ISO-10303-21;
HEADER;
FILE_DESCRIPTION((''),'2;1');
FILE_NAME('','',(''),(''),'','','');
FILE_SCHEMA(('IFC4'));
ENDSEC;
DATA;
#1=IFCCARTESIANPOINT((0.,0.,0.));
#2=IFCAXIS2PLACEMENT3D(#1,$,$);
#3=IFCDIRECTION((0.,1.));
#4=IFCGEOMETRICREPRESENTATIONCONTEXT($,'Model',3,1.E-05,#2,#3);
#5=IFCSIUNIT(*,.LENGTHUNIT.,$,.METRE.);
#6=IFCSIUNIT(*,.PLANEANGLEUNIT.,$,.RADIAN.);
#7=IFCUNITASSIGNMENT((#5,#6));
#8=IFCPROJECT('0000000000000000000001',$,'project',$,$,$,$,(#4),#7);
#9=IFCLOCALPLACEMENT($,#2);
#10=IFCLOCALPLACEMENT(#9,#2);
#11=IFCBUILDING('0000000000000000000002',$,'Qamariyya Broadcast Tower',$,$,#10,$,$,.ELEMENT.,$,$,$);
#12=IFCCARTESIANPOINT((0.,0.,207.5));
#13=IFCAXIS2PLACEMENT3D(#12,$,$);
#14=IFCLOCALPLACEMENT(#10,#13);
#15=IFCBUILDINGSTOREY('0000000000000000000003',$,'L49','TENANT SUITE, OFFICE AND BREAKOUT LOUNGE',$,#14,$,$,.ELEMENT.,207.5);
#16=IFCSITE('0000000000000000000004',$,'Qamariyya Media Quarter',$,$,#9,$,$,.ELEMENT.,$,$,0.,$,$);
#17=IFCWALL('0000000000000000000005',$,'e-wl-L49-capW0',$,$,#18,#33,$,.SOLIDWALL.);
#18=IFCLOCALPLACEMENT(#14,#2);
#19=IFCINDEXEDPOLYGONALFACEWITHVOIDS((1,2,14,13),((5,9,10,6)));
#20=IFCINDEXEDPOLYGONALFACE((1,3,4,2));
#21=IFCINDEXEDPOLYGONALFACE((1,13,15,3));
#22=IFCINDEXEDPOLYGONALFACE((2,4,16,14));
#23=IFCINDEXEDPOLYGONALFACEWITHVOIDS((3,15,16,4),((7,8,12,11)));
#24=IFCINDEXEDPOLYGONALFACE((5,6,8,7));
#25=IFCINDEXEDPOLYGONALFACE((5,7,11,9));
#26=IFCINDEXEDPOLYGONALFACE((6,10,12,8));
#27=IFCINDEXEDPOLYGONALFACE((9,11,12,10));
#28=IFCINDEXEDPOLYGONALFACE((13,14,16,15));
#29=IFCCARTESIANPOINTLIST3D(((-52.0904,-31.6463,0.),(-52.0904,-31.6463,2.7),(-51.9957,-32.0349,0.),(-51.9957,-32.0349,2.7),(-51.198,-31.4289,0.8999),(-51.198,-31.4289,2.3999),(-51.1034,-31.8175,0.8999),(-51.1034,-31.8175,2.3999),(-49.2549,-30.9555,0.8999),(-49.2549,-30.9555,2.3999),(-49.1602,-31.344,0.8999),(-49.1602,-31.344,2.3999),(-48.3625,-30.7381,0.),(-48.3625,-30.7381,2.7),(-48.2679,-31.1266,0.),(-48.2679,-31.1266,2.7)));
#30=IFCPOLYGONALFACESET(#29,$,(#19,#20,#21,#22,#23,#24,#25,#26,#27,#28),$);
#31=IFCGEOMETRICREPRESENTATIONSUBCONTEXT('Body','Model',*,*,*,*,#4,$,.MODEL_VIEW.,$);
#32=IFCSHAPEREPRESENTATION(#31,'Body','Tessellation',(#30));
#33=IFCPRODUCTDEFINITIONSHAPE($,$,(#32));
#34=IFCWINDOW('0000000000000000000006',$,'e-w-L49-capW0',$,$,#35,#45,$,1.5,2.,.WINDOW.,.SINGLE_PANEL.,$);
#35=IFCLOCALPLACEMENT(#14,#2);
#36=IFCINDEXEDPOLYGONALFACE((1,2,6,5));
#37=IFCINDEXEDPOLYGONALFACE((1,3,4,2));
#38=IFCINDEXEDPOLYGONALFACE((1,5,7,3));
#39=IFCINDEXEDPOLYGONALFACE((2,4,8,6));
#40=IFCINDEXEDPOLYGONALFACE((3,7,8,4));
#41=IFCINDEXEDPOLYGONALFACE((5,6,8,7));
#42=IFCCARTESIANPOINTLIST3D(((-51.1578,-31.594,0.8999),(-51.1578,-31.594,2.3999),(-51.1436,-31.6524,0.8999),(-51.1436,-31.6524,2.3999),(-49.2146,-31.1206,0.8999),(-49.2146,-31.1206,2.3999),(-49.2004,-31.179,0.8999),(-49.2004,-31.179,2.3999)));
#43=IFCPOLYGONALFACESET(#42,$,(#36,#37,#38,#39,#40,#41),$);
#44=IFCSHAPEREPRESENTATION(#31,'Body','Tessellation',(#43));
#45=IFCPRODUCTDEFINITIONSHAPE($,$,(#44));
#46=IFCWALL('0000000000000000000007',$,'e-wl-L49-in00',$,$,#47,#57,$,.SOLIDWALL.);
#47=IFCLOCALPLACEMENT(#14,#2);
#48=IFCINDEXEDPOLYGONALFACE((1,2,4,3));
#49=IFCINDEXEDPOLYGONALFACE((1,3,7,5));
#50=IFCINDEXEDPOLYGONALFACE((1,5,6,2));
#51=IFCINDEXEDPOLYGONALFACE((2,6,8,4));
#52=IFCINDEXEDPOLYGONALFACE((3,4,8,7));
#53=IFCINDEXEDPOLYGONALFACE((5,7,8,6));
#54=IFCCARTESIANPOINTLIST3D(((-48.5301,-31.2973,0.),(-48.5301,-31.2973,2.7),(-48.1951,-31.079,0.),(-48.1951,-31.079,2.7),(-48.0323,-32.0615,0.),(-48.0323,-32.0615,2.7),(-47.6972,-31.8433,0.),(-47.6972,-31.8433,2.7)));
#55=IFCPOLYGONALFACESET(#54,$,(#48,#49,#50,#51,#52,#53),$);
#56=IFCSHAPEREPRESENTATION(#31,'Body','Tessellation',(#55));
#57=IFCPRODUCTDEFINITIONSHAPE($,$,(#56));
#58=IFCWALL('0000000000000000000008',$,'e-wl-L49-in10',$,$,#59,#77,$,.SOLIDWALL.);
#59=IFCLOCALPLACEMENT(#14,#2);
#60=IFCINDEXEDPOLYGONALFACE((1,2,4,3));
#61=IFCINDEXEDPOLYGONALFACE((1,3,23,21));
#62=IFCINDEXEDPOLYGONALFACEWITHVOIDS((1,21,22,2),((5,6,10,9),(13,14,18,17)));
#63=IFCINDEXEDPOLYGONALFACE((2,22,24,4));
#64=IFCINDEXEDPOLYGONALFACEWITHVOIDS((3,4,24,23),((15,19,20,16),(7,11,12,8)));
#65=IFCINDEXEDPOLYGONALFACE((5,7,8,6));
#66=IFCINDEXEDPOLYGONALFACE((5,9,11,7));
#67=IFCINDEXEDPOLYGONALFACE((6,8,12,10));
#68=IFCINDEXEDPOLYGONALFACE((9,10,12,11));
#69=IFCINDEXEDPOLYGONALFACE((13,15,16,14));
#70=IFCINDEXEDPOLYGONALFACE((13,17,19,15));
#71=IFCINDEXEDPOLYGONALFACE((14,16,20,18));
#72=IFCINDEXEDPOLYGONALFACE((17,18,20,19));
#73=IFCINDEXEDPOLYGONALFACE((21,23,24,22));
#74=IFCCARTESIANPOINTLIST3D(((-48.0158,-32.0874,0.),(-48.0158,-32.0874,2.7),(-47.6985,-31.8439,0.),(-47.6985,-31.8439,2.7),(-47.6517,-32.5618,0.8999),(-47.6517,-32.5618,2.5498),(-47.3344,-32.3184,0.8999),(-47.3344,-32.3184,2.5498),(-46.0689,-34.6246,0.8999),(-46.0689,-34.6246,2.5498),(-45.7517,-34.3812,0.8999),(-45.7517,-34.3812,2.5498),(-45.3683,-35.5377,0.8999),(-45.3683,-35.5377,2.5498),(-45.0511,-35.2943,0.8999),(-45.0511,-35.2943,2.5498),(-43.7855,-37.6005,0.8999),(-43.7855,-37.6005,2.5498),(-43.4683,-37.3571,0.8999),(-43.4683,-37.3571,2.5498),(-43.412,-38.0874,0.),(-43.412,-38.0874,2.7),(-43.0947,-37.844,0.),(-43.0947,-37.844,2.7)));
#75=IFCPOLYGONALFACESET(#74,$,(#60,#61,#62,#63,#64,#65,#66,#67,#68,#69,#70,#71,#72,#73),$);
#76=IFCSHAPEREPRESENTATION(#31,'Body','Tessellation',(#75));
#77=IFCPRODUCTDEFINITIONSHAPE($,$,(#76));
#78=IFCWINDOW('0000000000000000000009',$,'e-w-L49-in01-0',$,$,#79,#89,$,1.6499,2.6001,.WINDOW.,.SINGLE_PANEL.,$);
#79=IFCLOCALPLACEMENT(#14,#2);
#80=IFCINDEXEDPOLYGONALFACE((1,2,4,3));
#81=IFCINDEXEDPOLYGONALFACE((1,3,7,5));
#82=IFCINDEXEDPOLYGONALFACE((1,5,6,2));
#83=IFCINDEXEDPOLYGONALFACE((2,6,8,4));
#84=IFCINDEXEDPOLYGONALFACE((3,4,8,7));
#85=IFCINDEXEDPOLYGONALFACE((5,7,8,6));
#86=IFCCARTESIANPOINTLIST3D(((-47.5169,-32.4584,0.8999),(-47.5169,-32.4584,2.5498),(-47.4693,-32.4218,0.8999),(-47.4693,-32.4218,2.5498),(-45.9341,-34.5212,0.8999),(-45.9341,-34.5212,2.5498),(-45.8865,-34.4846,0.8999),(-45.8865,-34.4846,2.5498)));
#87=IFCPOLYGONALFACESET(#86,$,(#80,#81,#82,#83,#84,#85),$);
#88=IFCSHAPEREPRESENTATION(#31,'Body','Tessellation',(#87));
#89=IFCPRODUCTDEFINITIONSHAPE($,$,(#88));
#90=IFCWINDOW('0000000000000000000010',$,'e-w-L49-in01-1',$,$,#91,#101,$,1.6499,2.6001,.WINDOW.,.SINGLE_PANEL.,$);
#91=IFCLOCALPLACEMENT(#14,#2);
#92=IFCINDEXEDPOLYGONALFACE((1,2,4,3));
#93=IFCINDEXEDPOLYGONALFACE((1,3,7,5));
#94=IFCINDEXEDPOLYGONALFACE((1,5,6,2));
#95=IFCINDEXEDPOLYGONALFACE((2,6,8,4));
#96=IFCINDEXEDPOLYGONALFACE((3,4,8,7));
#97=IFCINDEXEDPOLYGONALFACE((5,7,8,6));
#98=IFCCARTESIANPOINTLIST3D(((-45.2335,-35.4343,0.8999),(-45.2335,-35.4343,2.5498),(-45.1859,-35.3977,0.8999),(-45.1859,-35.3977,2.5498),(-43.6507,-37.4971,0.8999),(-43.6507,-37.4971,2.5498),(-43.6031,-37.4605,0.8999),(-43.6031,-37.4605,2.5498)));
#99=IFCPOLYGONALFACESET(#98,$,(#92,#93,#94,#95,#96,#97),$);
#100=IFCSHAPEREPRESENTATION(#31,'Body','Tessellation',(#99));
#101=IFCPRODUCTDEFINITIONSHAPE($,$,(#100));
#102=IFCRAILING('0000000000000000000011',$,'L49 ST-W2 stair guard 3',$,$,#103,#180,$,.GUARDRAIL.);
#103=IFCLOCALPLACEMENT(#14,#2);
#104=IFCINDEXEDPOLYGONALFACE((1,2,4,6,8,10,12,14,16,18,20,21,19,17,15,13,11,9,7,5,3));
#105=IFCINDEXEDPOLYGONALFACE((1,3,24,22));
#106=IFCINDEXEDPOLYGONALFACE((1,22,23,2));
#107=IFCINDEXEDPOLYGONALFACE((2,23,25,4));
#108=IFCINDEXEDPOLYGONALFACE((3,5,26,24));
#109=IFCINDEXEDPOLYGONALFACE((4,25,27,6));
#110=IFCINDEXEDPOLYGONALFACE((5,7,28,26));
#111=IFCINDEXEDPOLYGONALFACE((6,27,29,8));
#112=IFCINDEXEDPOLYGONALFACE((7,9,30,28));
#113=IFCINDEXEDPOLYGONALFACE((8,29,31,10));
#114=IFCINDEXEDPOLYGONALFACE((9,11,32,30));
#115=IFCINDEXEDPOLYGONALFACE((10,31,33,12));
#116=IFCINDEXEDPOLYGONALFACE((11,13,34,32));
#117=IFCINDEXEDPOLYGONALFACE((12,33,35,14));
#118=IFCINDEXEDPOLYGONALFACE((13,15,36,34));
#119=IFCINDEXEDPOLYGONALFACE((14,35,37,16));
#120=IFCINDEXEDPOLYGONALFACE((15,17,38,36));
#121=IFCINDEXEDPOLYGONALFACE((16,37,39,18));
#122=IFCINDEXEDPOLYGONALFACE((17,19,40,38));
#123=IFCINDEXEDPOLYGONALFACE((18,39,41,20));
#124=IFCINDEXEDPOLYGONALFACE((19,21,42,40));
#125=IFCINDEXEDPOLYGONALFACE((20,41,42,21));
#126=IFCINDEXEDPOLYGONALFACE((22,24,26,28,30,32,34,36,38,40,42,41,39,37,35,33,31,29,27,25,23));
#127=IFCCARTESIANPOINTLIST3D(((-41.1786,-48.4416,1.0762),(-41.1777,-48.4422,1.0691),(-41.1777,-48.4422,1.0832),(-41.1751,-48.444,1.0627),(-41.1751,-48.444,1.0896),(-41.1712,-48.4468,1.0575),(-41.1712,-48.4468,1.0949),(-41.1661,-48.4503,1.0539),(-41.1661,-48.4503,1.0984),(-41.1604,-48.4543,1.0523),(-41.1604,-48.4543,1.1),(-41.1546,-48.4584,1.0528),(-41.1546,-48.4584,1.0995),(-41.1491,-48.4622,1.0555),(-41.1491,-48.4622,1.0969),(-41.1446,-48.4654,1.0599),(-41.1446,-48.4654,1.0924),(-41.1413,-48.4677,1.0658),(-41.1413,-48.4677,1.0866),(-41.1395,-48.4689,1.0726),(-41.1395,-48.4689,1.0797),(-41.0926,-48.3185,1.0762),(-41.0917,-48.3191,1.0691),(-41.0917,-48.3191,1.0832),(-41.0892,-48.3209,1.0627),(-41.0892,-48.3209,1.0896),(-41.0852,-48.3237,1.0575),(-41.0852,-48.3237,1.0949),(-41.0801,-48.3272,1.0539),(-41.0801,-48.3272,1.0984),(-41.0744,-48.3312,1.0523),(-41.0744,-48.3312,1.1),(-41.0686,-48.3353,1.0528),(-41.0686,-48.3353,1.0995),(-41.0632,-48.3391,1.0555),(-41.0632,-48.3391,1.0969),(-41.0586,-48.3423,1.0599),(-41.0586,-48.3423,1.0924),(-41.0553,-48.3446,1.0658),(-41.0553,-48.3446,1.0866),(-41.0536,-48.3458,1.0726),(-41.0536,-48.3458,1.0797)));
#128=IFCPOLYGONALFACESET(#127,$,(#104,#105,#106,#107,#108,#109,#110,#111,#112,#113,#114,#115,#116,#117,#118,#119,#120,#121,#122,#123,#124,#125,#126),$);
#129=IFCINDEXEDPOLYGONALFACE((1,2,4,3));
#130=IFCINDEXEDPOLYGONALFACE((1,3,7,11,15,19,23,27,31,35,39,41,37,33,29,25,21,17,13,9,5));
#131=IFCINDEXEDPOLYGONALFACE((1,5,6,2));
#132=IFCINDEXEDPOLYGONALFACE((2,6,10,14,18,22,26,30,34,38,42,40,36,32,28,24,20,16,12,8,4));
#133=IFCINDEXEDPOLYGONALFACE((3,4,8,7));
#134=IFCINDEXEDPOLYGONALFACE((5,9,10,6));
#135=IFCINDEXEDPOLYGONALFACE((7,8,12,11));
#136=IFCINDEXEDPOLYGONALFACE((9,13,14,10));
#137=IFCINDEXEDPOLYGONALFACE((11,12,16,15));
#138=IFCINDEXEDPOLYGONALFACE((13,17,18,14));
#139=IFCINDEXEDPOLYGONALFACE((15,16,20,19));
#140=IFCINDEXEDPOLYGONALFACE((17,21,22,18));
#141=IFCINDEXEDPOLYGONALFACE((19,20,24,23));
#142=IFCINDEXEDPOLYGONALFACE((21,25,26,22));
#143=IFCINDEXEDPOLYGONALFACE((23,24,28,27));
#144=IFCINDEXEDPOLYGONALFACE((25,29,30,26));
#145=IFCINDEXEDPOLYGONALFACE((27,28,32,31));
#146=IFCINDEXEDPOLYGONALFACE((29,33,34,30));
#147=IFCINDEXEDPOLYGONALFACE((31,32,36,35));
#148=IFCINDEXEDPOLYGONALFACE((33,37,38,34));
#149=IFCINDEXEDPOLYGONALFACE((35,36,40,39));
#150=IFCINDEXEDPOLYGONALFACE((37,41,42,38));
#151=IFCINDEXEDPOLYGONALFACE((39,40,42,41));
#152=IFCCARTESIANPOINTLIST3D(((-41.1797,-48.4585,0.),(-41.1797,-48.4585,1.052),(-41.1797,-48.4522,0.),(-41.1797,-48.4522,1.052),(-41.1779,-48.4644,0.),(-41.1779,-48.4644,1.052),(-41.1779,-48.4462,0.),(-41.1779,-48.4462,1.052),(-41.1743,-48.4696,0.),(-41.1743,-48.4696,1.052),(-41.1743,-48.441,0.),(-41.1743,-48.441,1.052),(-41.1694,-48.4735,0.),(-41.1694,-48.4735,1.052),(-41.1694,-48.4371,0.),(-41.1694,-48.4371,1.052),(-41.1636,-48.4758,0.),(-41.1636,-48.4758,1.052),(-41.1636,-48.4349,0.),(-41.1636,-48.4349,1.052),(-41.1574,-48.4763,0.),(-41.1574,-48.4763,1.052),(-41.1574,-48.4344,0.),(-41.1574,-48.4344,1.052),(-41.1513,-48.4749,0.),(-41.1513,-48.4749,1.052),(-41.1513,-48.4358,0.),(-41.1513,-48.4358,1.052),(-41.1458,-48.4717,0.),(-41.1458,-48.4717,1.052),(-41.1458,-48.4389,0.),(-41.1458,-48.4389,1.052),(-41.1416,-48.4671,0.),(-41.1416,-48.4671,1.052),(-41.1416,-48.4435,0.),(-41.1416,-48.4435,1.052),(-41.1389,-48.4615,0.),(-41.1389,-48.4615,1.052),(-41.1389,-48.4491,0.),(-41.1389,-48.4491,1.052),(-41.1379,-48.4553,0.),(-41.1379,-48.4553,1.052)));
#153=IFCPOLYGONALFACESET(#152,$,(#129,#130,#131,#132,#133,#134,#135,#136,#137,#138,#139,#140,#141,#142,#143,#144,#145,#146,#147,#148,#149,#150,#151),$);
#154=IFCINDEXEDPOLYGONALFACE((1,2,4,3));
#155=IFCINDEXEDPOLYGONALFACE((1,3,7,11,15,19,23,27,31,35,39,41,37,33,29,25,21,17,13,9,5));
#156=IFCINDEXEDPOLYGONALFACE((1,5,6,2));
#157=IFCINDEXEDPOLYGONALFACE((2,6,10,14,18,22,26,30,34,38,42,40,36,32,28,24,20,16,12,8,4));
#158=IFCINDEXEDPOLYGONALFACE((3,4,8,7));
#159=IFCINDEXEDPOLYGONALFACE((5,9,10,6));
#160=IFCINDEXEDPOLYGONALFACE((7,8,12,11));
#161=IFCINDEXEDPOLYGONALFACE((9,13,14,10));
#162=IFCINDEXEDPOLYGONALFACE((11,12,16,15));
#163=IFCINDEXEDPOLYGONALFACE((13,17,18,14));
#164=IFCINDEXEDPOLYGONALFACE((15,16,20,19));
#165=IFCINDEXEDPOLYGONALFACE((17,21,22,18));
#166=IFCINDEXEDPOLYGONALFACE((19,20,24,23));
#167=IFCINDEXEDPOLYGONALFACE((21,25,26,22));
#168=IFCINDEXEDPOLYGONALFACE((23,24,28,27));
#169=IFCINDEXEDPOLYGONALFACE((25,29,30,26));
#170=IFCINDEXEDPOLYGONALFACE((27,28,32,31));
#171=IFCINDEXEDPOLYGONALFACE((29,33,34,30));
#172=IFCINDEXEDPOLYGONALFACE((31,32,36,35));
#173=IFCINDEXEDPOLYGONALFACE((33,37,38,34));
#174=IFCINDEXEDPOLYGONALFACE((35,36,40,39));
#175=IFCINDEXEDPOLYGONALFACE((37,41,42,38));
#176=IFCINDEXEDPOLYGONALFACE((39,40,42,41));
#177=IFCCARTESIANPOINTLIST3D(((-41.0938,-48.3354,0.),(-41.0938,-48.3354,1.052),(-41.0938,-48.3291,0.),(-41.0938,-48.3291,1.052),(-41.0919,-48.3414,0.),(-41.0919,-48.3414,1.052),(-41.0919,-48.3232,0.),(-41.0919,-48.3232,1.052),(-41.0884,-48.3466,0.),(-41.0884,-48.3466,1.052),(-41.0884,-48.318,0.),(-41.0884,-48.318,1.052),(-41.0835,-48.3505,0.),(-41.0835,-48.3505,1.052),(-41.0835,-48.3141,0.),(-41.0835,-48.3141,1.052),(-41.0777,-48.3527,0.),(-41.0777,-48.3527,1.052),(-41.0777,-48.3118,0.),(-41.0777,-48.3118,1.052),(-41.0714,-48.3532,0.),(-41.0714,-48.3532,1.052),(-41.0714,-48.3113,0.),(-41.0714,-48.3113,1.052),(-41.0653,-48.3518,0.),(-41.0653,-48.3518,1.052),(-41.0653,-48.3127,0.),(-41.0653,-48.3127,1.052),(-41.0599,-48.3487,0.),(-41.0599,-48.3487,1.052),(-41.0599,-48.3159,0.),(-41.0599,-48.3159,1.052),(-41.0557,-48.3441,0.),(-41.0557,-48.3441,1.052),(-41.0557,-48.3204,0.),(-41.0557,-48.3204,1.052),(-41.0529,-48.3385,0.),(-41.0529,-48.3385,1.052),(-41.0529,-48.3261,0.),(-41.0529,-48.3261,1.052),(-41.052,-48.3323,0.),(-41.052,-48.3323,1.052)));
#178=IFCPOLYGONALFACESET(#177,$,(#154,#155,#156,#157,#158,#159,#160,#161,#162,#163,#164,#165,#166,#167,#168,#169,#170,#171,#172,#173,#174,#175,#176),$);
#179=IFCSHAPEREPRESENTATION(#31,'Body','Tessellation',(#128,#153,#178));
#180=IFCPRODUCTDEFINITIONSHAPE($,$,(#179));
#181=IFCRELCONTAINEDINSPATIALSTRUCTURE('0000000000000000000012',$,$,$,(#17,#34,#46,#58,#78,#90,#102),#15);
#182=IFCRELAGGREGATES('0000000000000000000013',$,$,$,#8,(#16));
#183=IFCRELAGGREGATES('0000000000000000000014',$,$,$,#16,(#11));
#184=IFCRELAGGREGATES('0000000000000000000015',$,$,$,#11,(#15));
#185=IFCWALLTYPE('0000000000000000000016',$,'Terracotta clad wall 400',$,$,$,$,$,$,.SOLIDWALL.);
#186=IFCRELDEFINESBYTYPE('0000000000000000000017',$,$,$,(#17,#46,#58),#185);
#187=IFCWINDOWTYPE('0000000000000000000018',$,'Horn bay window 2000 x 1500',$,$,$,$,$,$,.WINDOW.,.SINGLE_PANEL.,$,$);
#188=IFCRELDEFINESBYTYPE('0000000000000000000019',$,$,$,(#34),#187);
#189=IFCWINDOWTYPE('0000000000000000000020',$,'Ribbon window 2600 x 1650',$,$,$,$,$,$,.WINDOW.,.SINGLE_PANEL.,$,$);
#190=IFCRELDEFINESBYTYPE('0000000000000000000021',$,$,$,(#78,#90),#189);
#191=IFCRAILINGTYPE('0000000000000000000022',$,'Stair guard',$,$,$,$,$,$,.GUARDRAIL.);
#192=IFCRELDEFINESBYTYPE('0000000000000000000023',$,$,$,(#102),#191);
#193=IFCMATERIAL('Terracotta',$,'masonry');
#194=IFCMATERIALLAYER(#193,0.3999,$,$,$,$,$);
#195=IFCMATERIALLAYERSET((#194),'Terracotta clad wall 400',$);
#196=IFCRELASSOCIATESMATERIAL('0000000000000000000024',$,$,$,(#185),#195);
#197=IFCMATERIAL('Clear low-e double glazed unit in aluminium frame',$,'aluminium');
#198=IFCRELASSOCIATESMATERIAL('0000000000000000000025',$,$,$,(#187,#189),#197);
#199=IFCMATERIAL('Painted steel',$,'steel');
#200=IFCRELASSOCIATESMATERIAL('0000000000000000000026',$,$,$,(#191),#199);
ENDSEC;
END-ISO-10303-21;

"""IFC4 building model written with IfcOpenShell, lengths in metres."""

from ifc_helpers import new_model, si_unit, direction, frame, frame_2d, origin, origin_2d, place, context, subcontext, project, spatial, rectangle, circle, extrude, material, layer, layer_set, type_object, element, fill, save


model = new_model("IFC4")

# Units and contexts
model_context = context("Model", 3, precision=1e-05, world=origin(), true_north=direction((0.0, 1.0)))
body_context = subcontext(model_context, "Body", "Model", "MODEL_VIEW")
ifc_project = project(units=[si_unit("LENGTHUNIT", "METRE"), si_unit("PLANEANGLEUNIT", "RADIAN")], contexts=[model_context])

# Site, building, storey
site_placement = place(None, origin())
site = spatial("IfcSite", under=ifc_project, at=site_placement, Name="Qamariyya Media Quarter", CompositionType="ELEMENT", RefElevation=0.0)
building_placement = place(site_placement, origin())
building = spatial("IfcBuilding", under=site, at=building_placement, Name="Qamariyya Broadcast Tower", CompositionType="ELEMENT")
storey_placement = place(building_placement, frame((0.0, 0.0, 207.5)))
storey = spatial("IfcBuildingStorey", under=building, at=storey_placement, Name="L49", Description="TENANT SUITE, OFFICE AND BREAKOUT LOUNGE", CompositionType="ELEMENT", Elevation=207.5)

# Wall, opening, window
ifc_material_1 = material(Name="Terracotta", Category="masonry")
ifc_layer_1 = layer(ifc_material_1, 0.3999)
ifc_layer_set_1 = layer_set([ifc_layer_1], Name="Terracotta clad wall 400")
wall_type_1 = type_object("IfcWallType", Name="Terracotta clad wall 400", PredefinedType="SOLIDWALL", material=ifc_layer_set_1)
wall_1_placement = place(storey_placement, frame((-48.3152, -30.9324, 0.0), z_axis=(0.0, 0.0, 1.0), x_axis=(-0.971581, -0.236707, 0.0)))
wall_1 = element("IfcWall", 1, at=wall_1_placement, inside=storey, type_object=wall_type_1, Name="e-wl-L49-capW0", PredefinedType="SOLIDWALL", context=body_context, shape_type="SweptSolid", body=[
    extrude(rectangle(XDim=3.8369, YDim=0.3999, at=frame_2d((1.9185, 0.0))), origin(), (0.0, 0.0, 1.0), 2.7),
])
opening_1_placement = place(wall_1_placement, frame((0.9185, 0.0, 0.8999)))
opening_1 = element("IfcOpeningElement", 2, at=opening_1_placement, cuts=wall_1, PredefinedType="OPENING", context=body_context, shape_type="SweptSolid", body=[
    extrude(rectangle(XDim=2.0, YDim=1.5, at=frame_2d((1.0, 0.75))), frame((0.0, 0.21, 0.0), z_axis=(0.0, -1.0, 0.0), x_axis=(1.0, 0.0, 0.0)), (0.0, 0.0, 1.0), 0.4199),
])
ifc_material_2 = material(Name="Clear low-e double glazed unit in aluminium frame", Category="aluminium")
window_type_1 = type_object("IfcWindowType", Name="Horn bay window 2000 x 1500", PartitioningType="SINGLE_PANEL", PredefinedType="WINDOW", material=ifc_material_2)
window_1_placement = place(opening_1_placement, origin())
window_1 = element("IfcWindow", 3, at=window_1_placement, inside=storey, type_object=window_type_1, Name="e-w-L49-capW0", OverallHeight=1.5, OverallWidth=2.0, PartitioningType="SINGLE_PANEL", PredefinedType="WINDOW", context=body_context, shape_type="SweptSolid", body=[
    extrude(rectangle(XDim=2.0, YDim=1.5, at=frame_2d((1.0, 0.75))), frame((0.0, 0.03, 0.0), z_axis=(0.0, -1.0, 0.0), x_axis=(1.0, 0.0, 0.0)), (0.0, 0.0, 1.0), 0.0601),
])
fill(opening_1, window_1)

# Wall
wall_2_placement = place(storey_placement, frame((-47.8647, -31.9524, 0.0), z_axis=(0.0, 0.0, 1.0), x_axis=(-0.545835, 0.837893, 0.0)))
element("IfcWall", 4, at=wall_2_placement, inside=storey, type_object=wall_type_1, Name="e-wl-L49-in00", PredefinedType="SOLIDWALL", context=body_context, shape_type="SweptSolid", body=[
    extrude(rectangle(XDim=0.9121, YDim=0.3999, at=frame_2d((0.4561, 0.0))), origin(), (0.0, 0.0, 1.0), 2.7),
])

# Wall, openings, windows
wall_3_placement = place(storey_placement, frame((-43.2534, -37.9656, 0.0), z_axis=(0.0, 0.0, 1.0), x_axis=(-0.608745, 0.793366, 0.0)))
wall_3 = element("IfcWall", 5, at=wall_3_placement, inside=storey, type_object=wall_type_1, Name="e-wl-L49-in10", PredefinedType="SOLIDWALL", context=body_context, shape_type="SweptSolid", body=[
    extrude(rectangle(XDim=7.5627, YDim=0.3999, at=frame_2d((3.7812, 0.0))), origin(), (0.0, 0.0, 1.0), 2.7),
])
opening_2_placement = place(wall_3_placement, frame((4.3645, 0.0, 0.8999)))
opening_2 = element("IfcOpeningElement", 6, at=opening_2_placement, cuts=wall_3, PredefinedType="OPENING", context=body_context, shape_type="SweptSolid", body=[
    extrude(rectangle(XDim=2.6001, YDim=1.6499, at=frame_2d((1.3, 0.825))), frame((0.0, 0.21, 0.0), z_axis=(0.0, -1.0, 0.0), x_axis=(1.0, 0.0, 0.0)), (0.0, 0.0, 1.0), 0.4199),
])
opening_3_placement = place(wall_3_placement, frame((0.6135, 0.0, 0.8999)))
opening_3 = element("IfcOpeningElement", 7, at=opening_3_placement, cuts=wall_3, PredefinedType="OPENING", context=body_context, shape_type="SweptSolid", body=[
    extrude(rectangle(XDim=2.6001, YDim=1.6499, at=frame_2d((1.3, 0.825))), frame((0.0, 0.21, 0.0), z_axis=(0.0, -1.0, 0.0), x_axis=(1.0, 0.0, 0.0)), (0.0, 0.0, 1.0), 0.4199),
])
window_type_2 = type_object("IfcWindowType", Name="Ribbon window 2600 x 1650", PartitioningType="SINGLE_PANEL", PredefinedType="WINDOW", material=ifc_material_2)
window_2_placement = place(opening_2_placement, origin())
window_2 = element("IfcWindow", 8, at=window_2_placement, inside=storey, type_object=window_type_2, Name="e-w-L49-in01-0", OverallHeight=1.6499, OverallWidth=2.6001, PartitioningType="SINGLE_PANEL", PredefinedType="WINDOW", context=body_context, shape_type="SweptSolid", body=[
    extrude(rectangle(XDim=2.6001, YDim=1.6499, at=frame_2d((1.3, 0.825))), frame((0.0, 0.03, 0.0), z_axis=(0.0, -1.0, 0.0), x_axis=(1.0, 0.0, 0.0)), (0.0, 0.0, 1.0), 0.0601),
])
fill(opening_2, window_2)
window_3_placement = place(opening_3_placement, origin())
window_3 = element("IfcWindow", 9, at=window_3_placement, inside=storey, type_object=window_type_2, Name="e-w-L49-in01-1", OverallHeight=1.6499, OverallWidth=2.6001, PartitioningType="SINGLE_PANEL", PredefinedType="WINDOW", context=body_context, shape_type="SweptSolid", body=[
    extrude(rectangle(XDim=2.6001, YDim=1.6499, at=frame_2d((1.3, 0.825))), frame((0.0, 0.03, 0.0), z_axis=(0.0, -1.0, 0.0), x_axis=(1.0, 0.0, 0.0)), (0.0, 0.0, 1.0), 0.0601),
])
fill(opening_3, window_3)

# Railing
ifc_material_3 = material(Name="Painted steel", Category="steel")
railing_type_1 = type_object("IfcRailingType", Name="Stair guard", PredefinedType="GUARDRAIL", material=ifc_material_3)
railing_1_placement = place(storey_placement, frame((-41.1589, -48.4553, 0.0)))
element("IfcRailing", 10, at=railing_1_placement, inside=storey, type_object=railing_type_1, Name="L49 ST-W2 stair guard 3", PredefinedType="GUARDRAIL", context=body_context, shape_type="SweptSolid", body=[
    extrude(circle(Radius=0.0239, at=origin_2d()), frame((0.0, 0.0, 1.0762), z_axis=(0.572589, 0.819843, 0.0), x_axis=(-0.819843, 0.572589, 0.0)), (0.0, 0.0, 1.0), 0.1501),
    extrude(circle(Radius=0.021, at=origin_2d()), origin(), (0.0, 0.0, 1.0), 1.052),
    extrude(circle(Radius=0.021, at=origin_2d()), frame((0.0859, 0.123, 0.0)), (0.0, 0.0, 1.0), 1.052),
])

save(model, "model.ifc")
